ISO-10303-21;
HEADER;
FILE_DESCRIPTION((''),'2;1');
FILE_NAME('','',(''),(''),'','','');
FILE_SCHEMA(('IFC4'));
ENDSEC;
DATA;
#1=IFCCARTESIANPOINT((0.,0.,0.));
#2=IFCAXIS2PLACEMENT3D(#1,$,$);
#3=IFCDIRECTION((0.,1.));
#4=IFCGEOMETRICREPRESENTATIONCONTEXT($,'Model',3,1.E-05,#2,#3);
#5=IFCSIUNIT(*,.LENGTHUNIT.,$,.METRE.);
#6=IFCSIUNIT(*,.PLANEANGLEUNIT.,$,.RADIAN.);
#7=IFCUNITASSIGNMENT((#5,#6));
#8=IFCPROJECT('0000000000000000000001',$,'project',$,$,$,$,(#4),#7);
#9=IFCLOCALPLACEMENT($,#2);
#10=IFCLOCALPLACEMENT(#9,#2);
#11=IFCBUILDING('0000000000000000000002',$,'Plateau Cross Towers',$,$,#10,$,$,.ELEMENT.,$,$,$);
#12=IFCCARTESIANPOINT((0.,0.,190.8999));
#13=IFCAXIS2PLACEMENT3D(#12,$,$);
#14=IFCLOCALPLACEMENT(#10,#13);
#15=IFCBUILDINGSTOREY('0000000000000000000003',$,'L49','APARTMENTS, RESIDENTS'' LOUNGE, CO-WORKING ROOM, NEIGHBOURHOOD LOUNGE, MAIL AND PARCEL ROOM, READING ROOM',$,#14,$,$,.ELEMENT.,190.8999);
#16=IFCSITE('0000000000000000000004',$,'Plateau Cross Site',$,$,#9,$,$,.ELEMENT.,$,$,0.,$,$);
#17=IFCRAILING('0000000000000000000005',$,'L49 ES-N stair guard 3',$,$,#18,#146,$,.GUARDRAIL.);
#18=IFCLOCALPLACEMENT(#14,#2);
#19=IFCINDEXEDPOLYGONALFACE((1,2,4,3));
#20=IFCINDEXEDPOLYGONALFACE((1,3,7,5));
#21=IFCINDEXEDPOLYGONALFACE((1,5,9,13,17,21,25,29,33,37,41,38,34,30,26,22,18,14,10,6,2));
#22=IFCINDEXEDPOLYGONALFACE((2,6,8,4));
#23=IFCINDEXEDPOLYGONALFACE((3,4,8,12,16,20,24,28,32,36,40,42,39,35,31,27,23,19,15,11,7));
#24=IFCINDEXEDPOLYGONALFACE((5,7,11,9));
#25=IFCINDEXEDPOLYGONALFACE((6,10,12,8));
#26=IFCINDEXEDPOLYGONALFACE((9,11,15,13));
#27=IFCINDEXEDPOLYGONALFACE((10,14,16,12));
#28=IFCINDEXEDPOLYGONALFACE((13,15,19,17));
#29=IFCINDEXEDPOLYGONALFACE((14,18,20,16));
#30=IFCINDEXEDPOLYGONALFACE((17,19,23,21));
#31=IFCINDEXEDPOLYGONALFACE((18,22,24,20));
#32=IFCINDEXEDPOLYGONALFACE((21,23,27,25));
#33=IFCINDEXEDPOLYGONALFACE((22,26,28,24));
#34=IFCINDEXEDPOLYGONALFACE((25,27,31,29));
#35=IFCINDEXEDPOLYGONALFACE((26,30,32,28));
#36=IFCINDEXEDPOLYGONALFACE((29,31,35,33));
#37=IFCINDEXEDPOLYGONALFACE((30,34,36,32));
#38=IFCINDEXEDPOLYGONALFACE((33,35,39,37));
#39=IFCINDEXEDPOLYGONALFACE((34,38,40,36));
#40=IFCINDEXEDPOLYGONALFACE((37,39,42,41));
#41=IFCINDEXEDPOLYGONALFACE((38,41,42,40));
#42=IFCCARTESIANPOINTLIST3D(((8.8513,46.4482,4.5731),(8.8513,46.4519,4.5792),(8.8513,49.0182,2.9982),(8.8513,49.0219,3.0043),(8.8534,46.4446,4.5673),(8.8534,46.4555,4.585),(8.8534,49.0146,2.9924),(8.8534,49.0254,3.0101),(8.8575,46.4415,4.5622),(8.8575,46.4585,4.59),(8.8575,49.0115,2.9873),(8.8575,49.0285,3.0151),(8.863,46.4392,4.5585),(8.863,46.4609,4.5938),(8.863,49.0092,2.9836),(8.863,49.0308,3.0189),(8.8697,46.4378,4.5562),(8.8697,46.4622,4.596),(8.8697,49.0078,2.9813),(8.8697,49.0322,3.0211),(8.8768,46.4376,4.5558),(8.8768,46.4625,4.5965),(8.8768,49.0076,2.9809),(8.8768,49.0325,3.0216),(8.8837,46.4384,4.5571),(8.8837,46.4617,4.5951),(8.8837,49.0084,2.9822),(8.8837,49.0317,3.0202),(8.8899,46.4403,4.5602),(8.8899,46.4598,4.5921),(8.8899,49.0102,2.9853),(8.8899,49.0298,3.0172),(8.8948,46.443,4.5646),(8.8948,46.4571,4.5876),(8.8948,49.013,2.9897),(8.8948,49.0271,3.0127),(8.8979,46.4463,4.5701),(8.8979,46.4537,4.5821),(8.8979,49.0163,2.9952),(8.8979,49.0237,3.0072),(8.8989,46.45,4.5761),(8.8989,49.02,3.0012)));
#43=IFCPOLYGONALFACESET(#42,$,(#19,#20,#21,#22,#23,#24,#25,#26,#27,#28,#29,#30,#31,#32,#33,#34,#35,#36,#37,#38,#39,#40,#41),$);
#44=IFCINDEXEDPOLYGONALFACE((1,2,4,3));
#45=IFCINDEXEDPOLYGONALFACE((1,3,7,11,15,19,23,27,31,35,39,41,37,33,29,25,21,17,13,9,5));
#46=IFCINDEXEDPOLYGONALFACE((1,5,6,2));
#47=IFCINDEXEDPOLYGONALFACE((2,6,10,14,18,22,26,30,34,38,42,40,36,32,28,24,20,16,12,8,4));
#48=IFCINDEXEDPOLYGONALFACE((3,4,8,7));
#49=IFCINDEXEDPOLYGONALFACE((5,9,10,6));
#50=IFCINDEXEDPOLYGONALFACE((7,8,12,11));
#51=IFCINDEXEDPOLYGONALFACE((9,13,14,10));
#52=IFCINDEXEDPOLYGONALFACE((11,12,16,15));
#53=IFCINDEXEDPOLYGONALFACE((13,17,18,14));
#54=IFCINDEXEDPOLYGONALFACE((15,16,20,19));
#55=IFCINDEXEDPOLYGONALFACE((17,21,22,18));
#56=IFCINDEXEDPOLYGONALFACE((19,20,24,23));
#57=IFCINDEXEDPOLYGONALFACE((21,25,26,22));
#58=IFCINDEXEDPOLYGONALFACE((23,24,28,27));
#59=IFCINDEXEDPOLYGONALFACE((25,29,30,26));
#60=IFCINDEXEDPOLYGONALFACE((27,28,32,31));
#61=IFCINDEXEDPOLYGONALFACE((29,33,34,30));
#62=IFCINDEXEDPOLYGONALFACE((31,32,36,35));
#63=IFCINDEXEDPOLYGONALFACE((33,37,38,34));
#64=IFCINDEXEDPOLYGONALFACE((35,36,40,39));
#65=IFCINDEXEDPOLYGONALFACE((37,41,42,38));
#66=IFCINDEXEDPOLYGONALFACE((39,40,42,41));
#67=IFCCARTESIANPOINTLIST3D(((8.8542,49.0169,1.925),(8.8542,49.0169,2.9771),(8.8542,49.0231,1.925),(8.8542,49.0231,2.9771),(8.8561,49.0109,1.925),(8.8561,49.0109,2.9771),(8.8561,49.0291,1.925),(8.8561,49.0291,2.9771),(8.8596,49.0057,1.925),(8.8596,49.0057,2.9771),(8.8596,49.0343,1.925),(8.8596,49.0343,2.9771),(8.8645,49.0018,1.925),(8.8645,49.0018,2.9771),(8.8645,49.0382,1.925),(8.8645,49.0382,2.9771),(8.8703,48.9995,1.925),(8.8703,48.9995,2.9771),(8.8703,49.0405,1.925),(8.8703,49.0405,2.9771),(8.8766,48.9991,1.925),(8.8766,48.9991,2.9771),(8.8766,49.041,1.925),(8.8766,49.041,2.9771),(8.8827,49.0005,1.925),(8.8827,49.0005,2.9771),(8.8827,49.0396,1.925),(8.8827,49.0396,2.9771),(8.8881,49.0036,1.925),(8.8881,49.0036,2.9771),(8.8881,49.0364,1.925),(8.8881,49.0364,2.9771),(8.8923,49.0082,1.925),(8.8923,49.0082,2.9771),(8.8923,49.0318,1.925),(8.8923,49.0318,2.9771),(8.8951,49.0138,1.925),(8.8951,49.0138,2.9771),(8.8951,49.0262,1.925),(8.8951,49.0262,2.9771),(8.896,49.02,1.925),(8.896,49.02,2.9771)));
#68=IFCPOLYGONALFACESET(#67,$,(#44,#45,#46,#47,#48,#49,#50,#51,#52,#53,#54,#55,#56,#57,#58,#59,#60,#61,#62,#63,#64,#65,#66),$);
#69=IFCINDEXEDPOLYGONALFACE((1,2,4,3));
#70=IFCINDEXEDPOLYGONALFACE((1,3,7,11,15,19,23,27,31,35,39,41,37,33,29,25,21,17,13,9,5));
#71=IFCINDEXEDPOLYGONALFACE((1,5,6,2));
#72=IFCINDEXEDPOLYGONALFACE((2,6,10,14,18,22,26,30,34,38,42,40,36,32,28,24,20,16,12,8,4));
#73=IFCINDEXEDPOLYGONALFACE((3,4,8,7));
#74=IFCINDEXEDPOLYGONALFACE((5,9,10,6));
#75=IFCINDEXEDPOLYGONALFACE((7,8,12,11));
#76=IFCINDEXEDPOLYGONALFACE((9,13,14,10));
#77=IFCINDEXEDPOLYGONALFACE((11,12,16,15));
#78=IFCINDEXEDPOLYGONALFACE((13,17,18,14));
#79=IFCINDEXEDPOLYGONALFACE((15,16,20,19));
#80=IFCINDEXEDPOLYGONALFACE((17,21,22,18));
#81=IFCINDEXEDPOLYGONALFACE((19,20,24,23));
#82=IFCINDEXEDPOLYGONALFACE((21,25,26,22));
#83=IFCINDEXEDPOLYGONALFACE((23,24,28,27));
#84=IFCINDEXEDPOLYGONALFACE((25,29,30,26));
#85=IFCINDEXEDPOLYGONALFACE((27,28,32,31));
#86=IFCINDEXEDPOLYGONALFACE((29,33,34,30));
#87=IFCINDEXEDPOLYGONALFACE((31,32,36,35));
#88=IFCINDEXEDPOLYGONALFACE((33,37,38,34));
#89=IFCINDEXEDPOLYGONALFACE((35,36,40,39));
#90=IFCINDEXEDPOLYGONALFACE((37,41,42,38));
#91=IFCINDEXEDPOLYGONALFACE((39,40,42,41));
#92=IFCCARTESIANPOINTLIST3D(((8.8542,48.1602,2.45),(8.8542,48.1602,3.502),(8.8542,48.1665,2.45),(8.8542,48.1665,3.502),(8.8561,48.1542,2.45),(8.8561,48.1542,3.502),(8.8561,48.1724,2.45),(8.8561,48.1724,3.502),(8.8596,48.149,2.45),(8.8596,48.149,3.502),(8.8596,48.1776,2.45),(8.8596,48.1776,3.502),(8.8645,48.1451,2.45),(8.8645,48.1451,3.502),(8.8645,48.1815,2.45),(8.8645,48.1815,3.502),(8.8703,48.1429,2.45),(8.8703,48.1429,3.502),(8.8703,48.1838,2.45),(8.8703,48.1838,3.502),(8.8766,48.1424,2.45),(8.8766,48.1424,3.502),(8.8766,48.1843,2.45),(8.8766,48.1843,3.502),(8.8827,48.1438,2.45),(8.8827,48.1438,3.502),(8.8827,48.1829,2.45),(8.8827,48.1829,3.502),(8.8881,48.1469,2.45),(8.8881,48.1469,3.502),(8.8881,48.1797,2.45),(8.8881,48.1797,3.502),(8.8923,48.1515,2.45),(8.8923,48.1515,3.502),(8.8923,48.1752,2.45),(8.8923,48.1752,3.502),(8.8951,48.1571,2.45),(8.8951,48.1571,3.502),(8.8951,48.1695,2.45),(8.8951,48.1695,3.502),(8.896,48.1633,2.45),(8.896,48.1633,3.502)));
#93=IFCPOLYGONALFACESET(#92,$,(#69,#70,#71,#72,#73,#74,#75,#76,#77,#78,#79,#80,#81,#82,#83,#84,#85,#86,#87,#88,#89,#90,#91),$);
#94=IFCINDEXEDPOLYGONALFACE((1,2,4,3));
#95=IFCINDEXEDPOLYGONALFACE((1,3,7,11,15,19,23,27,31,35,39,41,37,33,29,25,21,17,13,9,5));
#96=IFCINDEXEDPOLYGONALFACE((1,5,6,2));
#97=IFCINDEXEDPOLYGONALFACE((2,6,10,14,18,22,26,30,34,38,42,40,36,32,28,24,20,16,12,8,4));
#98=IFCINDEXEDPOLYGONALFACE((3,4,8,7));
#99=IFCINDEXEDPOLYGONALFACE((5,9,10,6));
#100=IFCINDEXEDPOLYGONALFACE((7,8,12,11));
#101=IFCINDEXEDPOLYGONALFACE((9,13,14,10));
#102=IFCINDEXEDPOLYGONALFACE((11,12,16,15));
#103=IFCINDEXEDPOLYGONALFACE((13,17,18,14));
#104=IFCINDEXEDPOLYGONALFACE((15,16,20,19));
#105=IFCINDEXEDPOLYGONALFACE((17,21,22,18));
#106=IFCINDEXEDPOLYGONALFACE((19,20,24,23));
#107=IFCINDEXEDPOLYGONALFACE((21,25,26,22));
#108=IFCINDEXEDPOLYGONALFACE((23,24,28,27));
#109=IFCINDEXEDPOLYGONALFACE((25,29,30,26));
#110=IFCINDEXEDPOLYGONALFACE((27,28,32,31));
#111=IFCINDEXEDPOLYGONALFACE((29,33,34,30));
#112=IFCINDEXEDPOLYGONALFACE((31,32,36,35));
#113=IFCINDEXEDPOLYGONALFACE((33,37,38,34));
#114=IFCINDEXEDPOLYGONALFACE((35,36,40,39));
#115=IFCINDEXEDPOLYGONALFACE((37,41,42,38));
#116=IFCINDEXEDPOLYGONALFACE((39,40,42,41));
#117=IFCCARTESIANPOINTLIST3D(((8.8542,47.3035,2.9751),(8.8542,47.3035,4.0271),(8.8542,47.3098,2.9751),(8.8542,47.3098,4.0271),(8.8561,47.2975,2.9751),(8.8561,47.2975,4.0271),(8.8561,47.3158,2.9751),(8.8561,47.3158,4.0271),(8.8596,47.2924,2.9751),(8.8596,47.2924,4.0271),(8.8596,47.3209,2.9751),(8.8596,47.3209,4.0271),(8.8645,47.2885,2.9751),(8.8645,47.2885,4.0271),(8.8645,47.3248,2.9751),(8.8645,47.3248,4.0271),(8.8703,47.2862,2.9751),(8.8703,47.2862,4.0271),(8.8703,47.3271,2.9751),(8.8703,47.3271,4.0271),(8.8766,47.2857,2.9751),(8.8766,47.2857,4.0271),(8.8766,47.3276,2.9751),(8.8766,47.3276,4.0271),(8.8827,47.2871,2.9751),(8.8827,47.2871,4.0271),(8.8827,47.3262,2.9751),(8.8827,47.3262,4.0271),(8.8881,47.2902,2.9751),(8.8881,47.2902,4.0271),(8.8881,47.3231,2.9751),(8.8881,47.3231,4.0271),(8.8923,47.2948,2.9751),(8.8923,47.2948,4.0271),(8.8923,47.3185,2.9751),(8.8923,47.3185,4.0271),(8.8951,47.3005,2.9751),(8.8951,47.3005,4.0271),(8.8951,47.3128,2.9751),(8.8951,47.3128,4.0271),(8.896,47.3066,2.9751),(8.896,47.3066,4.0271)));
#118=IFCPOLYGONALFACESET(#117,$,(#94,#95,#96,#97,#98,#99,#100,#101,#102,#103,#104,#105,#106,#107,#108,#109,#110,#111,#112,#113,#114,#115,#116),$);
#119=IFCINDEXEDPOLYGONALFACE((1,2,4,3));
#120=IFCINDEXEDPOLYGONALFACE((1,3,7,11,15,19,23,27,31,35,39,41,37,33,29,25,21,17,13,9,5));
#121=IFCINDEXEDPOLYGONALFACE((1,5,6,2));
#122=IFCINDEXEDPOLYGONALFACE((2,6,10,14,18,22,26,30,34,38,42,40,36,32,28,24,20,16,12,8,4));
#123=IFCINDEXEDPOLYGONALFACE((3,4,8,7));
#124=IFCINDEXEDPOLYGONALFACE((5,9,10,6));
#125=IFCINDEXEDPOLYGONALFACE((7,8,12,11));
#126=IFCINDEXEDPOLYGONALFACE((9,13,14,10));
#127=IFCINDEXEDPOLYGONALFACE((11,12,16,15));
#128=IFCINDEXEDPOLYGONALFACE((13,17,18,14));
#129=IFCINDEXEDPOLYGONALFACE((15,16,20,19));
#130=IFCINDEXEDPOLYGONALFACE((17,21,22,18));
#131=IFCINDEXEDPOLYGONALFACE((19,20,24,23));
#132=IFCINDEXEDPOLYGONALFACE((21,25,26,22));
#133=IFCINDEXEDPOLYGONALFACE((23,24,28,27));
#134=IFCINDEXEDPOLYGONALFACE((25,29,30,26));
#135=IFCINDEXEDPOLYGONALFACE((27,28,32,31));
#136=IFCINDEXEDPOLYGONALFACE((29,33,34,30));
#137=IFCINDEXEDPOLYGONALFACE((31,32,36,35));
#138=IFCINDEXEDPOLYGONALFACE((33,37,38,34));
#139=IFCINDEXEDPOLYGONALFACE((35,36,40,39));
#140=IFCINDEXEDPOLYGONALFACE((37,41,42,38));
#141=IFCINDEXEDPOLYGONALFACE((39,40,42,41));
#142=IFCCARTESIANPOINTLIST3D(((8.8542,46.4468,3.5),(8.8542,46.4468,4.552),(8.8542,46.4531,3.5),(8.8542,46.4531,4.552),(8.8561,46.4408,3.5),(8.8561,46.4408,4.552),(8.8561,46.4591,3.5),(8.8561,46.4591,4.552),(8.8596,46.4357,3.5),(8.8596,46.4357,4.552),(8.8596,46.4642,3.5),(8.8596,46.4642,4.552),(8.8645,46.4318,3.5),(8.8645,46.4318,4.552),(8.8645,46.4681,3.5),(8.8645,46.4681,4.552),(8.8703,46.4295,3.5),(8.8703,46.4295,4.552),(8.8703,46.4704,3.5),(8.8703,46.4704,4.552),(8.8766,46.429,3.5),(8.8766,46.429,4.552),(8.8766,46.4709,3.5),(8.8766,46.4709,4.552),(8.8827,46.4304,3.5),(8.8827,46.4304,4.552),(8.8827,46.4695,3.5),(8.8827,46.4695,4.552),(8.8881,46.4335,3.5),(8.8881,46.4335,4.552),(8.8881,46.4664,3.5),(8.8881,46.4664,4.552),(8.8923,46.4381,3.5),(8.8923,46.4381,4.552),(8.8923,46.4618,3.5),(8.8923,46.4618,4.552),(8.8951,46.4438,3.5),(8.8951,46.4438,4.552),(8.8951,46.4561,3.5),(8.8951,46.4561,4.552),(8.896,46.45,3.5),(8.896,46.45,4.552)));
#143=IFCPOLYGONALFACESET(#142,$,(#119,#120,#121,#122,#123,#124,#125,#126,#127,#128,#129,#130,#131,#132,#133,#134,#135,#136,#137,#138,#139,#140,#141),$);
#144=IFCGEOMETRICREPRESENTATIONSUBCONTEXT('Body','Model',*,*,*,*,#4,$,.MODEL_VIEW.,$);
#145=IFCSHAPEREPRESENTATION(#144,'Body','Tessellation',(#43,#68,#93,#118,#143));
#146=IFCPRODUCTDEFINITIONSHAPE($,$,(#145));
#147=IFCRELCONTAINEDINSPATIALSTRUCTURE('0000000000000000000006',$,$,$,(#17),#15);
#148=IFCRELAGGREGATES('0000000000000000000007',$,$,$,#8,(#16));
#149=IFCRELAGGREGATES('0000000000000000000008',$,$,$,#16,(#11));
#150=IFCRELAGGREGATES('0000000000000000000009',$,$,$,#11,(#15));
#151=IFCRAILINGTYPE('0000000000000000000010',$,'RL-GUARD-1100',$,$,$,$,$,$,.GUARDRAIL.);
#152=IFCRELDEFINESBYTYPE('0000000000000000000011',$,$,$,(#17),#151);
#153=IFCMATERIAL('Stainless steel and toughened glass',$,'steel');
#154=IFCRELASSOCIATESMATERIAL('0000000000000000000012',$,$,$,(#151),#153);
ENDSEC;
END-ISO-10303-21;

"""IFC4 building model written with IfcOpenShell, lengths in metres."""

from ifc_helpers import new_model, si_unit, direction, frame, origin, origin_2d, place, context, subcontext, project, spatial, circle, extrude, material, type_object, element, save


model = new_model("IFC4")

# Units and contexts
model_context = context("Model", 3, precision=1e-05, world=origin(), true_north=direction((0.0, 1.0)))
body_context = subcontext(model_context, "Body", "Model", "MODEL_VIEW")
ifc_project = project(units=[si_unit("LENGTHUNIT", "METRE"), si_unit("PLANEANGLEUNIT", "RADIAN")], contexts=[model_context])

# Site, building, storey
site_placement = place(None, origin())
site = spatial("IfcSite", under=ifc_project, at=site_placement, Name="Plateau Cross Site", CompositionType="ELEMENT", RefElevation=0.0)
building_placement = place(site_placement, origin())
building = spatial("IfcBuilding", under=site, at=building_placement, Name="Plateau Cross Towers", CompositionType="ELEMENT")
storey_placement = place(building_placement, frame((0.0, 0.0, 190.8999)))
storey = spatial("IfcBuildingStorey", under=building, at=storey_placement, Name="L49", Description="APARTMENTS, RESIDENTS' LOUNGE, CO-WORKING ROOM, NEIGHBOURHOOD LOUNGE, MAIL AND PARCEL ROOM, READING ROOM", CompositionType="ELEMENT", Elevation=190.8999)

# Railing
ifc_material_1 = material(Name="Stainless steel and toughened glass", Category="steel")
railing_type_1 = type_object("IfcRailingType", Name="RL-GUARD-1100", PredefinedType="GUARDRAIL", material=ifc_material_1)
railing_1_placement = place(storey_placement, frame((8.875, 49.02, 1.925)))
element("IfcRailing", 1, at=railing_1_placement, inside=storey, type_object=railing_type_1, Name="L49 ES-N stair guard 3", PredefinedType="GUARDRAIL", context=body_context, shape_type="SweptSolid", body=[
    extrude(circle(Radius=0.0239, at=origin_2d()), frame((0.0, 0.0, 1.0762), z_axis=(0.0, -0.852639, 0.522501), x_axis=(1.0, 0.0, 0.0)), (0.0, 0.0, 1.0), 3.0142),
    extrude(circle(Radius=0.021, at=origin_2d()), origin(), (0.0, 0.0, 1.0), 1.052),
    extrude(circle(Radius=0.021, at=origin_2d()), frame((0.0, -0.8567, 0.5249)), (0.0, 0.0, 1.0), 1.052),
    extrude(circle(Radius=0.021, at=origin_2d()), frame((0.0, -1.7134, 1.05)), (0.0, 0.0, 1.0), 1.052),
    extrude(circle(Radius=0.021, at=origin_2d()), frame((0.0, -2.5701, 1.575)), (0.0, 0.0, 1.0), 1.052),
])

save(model, "model.ifc")
